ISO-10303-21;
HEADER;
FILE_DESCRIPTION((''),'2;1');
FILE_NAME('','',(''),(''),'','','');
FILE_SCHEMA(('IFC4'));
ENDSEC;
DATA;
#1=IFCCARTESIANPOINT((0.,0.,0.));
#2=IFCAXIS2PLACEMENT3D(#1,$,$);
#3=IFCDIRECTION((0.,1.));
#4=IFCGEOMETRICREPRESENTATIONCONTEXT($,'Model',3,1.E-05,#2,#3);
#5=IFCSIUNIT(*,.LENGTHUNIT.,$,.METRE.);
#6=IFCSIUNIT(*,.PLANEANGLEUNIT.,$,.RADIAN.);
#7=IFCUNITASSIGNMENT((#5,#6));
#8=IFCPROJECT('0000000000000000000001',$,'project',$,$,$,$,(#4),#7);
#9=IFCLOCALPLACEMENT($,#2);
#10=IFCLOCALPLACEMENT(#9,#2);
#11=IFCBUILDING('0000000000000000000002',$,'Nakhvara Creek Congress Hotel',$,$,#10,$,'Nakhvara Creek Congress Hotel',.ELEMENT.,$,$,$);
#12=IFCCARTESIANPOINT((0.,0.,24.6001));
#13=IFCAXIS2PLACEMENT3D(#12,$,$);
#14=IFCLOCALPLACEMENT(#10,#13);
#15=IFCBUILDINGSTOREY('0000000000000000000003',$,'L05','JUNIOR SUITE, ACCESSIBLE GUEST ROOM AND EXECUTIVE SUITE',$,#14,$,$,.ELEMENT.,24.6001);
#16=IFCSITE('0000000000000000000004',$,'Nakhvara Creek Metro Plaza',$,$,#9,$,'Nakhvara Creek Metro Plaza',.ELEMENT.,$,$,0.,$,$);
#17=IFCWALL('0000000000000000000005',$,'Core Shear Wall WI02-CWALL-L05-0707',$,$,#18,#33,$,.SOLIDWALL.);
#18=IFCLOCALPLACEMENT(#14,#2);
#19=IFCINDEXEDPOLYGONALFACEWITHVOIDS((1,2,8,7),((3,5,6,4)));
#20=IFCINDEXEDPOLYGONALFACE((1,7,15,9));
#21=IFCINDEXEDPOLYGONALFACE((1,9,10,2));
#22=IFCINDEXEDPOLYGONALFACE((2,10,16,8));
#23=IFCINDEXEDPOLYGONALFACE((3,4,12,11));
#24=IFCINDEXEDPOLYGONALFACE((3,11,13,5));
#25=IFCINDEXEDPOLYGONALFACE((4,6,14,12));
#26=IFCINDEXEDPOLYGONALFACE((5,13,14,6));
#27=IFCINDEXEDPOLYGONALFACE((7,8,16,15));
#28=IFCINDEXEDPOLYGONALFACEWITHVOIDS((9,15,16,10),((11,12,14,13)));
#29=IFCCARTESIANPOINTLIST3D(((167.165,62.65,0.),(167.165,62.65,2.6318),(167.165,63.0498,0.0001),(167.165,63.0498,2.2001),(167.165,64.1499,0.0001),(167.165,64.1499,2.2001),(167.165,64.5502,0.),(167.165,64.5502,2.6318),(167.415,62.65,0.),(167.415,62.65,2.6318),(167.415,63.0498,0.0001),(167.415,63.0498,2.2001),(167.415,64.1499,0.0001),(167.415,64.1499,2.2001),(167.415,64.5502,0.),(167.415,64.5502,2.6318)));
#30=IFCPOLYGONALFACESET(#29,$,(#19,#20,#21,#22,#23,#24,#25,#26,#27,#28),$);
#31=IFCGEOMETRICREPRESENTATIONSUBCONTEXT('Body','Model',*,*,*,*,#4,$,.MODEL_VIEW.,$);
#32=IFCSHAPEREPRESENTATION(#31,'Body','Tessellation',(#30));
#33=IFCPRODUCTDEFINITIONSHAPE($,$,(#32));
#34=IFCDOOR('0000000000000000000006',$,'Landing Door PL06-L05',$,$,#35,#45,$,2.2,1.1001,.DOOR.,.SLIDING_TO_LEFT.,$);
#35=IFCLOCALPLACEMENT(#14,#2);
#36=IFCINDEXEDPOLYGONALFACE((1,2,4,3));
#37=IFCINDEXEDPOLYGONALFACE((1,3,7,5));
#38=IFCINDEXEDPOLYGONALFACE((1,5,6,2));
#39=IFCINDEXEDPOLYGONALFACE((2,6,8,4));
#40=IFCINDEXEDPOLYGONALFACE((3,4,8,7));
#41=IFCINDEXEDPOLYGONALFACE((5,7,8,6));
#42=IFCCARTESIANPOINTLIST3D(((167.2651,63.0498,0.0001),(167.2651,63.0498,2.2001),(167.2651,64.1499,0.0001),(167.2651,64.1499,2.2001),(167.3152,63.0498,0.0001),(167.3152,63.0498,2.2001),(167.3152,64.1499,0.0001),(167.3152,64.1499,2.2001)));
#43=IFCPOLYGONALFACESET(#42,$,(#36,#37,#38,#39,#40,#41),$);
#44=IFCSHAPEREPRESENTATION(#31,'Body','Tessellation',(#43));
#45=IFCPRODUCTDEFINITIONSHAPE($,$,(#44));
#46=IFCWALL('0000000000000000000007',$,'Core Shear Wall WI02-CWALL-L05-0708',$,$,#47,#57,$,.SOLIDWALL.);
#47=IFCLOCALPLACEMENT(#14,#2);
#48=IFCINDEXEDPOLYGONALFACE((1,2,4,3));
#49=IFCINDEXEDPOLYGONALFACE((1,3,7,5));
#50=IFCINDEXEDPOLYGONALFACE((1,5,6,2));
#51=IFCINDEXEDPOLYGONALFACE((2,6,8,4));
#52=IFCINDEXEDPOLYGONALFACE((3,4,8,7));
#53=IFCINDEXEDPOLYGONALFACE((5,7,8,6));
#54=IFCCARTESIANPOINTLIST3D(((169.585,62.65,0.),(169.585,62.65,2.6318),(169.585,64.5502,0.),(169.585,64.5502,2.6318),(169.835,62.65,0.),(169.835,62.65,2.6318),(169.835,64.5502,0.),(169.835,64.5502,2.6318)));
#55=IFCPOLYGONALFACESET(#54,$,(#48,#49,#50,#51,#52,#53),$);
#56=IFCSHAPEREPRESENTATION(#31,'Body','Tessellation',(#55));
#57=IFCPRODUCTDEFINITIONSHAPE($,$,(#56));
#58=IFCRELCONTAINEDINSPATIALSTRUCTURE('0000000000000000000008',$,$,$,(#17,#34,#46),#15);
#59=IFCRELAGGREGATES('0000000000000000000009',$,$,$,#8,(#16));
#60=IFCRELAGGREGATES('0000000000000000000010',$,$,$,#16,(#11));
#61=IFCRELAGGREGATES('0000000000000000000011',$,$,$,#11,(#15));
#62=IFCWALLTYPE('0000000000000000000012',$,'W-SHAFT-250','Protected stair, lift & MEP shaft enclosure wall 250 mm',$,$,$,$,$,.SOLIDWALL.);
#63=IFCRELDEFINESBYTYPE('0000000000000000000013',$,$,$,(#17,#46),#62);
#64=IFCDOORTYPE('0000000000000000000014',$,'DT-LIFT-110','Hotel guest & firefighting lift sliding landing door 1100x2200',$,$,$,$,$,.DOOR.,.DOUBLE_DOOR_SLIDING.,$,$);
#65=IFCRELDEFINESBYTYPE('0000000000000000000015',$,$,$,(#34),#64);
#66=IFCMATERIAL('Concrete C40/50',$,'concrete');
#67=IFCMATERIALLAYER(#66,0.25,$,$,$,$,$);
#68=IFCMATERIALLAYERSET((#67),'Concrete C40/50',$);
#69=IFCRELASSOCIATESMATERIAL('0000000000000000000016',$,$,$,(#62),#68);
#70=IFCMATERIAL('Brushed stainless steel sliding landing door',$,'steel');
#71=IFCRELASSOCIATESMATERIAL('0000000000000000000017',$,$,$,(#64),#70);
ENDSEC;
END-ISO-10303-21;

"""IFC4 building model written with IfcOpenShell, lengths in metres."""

from ifc_helpers import new_model, si_unit, direction, frame, frame_2d, origin, place, context, subcontext, project, spatial, rectangle, extrude, material, layer, layer_set, type_object, element, fill, save


model = new_model("IFC4")

# Units and contexts
model_context = context("Model", 3, precision=1e-05, world=origin(), true_north=direction((0.0, 1.0)))
body_context = subcontext(model_context, "Body", "Model", "MODEL_VIEW")
ifc_project = project(units=[si_unit("LENGTHUNIT", "METRE"), si_unit("PLANEANGLEUNIT", "RADIAN")], contexts=[model_context])

# Site, building, storey
site_placement = place(None, origin())
site = spatial("IfcSite", under=ifc_project, at=site_placement, Name="Nakhvara Creek Metro Plaza", LongName="Nakhvara Creek Metro Plaza", CompositionType="ELEMENT", RefElevation=0.0)
building_placement = place(site_placement, origin())
building = spatial("IfcBuilding", under=site, at=building_placement, Name="Nakhvara Creek Congress Hotel", LongName="Nakhvara Creek Congress Hotel", CompositionType="ELEMENT")
storey_placement = place(building_placement, frame((0.0, 0.0, 24.6001)))
storey = spatial("IfcBuildingStorey", under=building, at=storey_placement, Name="L05", Description="JUNIOR SUITE, ACCESSIBLE GUEST ROOM AND EXECUTIVE SUITE", CompositionType="ELEMENT", Elevation=24.6001)

# Shared definitions
ifc_material_1 = material(Name="Concrete C40/50", Category="concrete")

# Shared definitions
ifc_layer_1 = layer(ifc_material_1, 0.25)
ifc_layer_set_1 = layer_set([ifc_layer_1], Name="Concrete C40/50")
wall_type_1 = type_object("IfcWallType", Name="W-SHAFT-250", Description="Protected stair, lift & MEP shaft enclosure wall 250 mm", PredefinedType="SOLIDWALL", material=ifc_layer_set_1)

# Shared definitions
ifc_material_2 = material(Name="Brushed stainless steel sliding landing door", Category="steel")
door_type = type_object("IfcDoorType", Name="DT-LIFT-110", Description="Hotel guest & firefighting lift sliding landing door 1100x2200", OperationType="DOUBLE_DOOR_SLIDING", PredefinedType="DOOR", material=ifc_material_2)

# Wall, opening, door
wall_1_placement = place(storey_placement, frame((167.29, 62.6499, 0.0), z_axis=(0.0, 0.0, 1.0), x_axis=(0.0, 1.0, 0.0)))
wall_1 = element("IfcWall", 1, at=wall_1_placement, inside=storey, type_object=wall_type_1, Name="Core Shear Wall WI02-CWALL-L05-0707", PredefinedType="SOLIDWALL", context=body_context, shape_type="SweptSolid", body=[
    extrude(rectangle(XDim=1.9001, YDim=0.25, at=frame_2d((0.9502, 0.0))), origin(), (0.0, 0.0, 1.0), 2.6318),
])
opening_1_placement = place(wall_1_placement, frame((0.3999, 0.0, 0.0)))
opening_1 = element("IfcOpeningElement", 2, at=opening_1_placement, cuts=wall_1, PredefinedType="OPENING", context=body_context, shape_type="SweptSolid", body=[
    extrude(rectangle(XDim=1.1001, YDim=2.2, at=frame_2d((0.55, 1.1001))), frame((0.0, 0.137, 0.0), z_axis=(0.0, -1.0, 0.0), x_axis=(1.0, 0.0, 0.0)), (0.0, 0.0, 1.0), 0.2739),
])
door_1_placement = place(opening_1_placement, origin())
door_1 = element("IfcDoor", 3, at=door_1_placement, inside=storey, type_object=door_type, Name="Landing Door PL06-L05", OperationType="SLIDING_TO_LEFT", OverallHeight=2.2, OverallWidth=1.1001, PredefinedType="DOOR", context=body_context, shape_type="SweptSolid", body=[
    extrude(rectangle(XDim=1.1001, YDim=2.2, at=frame_2d((0.55, 1.1001))), frame((0.0, 0.0249, 0.0), z_axis=(0.0, -1.0, 0.0), x_axis=(1.0, 0.0, 0.0)), (0.0, 0.0, 1.0), 0.05),
])
fill(opening_1, door_1)

# Wall
wall_2_placement = place(storey_placement, frame((169.71, 62.6499, 0.0), z_axis=(0.0, 0.0, 1.0), x_axis=(0.0, 1.0, 0.0)))
element("IfcWall", 4, at=wall_2_placement, inside=storey, type_object=wall_type_1, Name="Core Shear Wall WI02-CWALL-L05-0708", PredefinedType="SOLIDWALL", context=body_context, shape_type="SweptSolid", body=[
    extrude(rectangle(XDim=1.9001, YDim=0.25, at=frame_2d((0.9502, 0.0))), origin(), (0.0, 0.0, 1.0), 2.6318),
])

save(model, "model.ifc")
